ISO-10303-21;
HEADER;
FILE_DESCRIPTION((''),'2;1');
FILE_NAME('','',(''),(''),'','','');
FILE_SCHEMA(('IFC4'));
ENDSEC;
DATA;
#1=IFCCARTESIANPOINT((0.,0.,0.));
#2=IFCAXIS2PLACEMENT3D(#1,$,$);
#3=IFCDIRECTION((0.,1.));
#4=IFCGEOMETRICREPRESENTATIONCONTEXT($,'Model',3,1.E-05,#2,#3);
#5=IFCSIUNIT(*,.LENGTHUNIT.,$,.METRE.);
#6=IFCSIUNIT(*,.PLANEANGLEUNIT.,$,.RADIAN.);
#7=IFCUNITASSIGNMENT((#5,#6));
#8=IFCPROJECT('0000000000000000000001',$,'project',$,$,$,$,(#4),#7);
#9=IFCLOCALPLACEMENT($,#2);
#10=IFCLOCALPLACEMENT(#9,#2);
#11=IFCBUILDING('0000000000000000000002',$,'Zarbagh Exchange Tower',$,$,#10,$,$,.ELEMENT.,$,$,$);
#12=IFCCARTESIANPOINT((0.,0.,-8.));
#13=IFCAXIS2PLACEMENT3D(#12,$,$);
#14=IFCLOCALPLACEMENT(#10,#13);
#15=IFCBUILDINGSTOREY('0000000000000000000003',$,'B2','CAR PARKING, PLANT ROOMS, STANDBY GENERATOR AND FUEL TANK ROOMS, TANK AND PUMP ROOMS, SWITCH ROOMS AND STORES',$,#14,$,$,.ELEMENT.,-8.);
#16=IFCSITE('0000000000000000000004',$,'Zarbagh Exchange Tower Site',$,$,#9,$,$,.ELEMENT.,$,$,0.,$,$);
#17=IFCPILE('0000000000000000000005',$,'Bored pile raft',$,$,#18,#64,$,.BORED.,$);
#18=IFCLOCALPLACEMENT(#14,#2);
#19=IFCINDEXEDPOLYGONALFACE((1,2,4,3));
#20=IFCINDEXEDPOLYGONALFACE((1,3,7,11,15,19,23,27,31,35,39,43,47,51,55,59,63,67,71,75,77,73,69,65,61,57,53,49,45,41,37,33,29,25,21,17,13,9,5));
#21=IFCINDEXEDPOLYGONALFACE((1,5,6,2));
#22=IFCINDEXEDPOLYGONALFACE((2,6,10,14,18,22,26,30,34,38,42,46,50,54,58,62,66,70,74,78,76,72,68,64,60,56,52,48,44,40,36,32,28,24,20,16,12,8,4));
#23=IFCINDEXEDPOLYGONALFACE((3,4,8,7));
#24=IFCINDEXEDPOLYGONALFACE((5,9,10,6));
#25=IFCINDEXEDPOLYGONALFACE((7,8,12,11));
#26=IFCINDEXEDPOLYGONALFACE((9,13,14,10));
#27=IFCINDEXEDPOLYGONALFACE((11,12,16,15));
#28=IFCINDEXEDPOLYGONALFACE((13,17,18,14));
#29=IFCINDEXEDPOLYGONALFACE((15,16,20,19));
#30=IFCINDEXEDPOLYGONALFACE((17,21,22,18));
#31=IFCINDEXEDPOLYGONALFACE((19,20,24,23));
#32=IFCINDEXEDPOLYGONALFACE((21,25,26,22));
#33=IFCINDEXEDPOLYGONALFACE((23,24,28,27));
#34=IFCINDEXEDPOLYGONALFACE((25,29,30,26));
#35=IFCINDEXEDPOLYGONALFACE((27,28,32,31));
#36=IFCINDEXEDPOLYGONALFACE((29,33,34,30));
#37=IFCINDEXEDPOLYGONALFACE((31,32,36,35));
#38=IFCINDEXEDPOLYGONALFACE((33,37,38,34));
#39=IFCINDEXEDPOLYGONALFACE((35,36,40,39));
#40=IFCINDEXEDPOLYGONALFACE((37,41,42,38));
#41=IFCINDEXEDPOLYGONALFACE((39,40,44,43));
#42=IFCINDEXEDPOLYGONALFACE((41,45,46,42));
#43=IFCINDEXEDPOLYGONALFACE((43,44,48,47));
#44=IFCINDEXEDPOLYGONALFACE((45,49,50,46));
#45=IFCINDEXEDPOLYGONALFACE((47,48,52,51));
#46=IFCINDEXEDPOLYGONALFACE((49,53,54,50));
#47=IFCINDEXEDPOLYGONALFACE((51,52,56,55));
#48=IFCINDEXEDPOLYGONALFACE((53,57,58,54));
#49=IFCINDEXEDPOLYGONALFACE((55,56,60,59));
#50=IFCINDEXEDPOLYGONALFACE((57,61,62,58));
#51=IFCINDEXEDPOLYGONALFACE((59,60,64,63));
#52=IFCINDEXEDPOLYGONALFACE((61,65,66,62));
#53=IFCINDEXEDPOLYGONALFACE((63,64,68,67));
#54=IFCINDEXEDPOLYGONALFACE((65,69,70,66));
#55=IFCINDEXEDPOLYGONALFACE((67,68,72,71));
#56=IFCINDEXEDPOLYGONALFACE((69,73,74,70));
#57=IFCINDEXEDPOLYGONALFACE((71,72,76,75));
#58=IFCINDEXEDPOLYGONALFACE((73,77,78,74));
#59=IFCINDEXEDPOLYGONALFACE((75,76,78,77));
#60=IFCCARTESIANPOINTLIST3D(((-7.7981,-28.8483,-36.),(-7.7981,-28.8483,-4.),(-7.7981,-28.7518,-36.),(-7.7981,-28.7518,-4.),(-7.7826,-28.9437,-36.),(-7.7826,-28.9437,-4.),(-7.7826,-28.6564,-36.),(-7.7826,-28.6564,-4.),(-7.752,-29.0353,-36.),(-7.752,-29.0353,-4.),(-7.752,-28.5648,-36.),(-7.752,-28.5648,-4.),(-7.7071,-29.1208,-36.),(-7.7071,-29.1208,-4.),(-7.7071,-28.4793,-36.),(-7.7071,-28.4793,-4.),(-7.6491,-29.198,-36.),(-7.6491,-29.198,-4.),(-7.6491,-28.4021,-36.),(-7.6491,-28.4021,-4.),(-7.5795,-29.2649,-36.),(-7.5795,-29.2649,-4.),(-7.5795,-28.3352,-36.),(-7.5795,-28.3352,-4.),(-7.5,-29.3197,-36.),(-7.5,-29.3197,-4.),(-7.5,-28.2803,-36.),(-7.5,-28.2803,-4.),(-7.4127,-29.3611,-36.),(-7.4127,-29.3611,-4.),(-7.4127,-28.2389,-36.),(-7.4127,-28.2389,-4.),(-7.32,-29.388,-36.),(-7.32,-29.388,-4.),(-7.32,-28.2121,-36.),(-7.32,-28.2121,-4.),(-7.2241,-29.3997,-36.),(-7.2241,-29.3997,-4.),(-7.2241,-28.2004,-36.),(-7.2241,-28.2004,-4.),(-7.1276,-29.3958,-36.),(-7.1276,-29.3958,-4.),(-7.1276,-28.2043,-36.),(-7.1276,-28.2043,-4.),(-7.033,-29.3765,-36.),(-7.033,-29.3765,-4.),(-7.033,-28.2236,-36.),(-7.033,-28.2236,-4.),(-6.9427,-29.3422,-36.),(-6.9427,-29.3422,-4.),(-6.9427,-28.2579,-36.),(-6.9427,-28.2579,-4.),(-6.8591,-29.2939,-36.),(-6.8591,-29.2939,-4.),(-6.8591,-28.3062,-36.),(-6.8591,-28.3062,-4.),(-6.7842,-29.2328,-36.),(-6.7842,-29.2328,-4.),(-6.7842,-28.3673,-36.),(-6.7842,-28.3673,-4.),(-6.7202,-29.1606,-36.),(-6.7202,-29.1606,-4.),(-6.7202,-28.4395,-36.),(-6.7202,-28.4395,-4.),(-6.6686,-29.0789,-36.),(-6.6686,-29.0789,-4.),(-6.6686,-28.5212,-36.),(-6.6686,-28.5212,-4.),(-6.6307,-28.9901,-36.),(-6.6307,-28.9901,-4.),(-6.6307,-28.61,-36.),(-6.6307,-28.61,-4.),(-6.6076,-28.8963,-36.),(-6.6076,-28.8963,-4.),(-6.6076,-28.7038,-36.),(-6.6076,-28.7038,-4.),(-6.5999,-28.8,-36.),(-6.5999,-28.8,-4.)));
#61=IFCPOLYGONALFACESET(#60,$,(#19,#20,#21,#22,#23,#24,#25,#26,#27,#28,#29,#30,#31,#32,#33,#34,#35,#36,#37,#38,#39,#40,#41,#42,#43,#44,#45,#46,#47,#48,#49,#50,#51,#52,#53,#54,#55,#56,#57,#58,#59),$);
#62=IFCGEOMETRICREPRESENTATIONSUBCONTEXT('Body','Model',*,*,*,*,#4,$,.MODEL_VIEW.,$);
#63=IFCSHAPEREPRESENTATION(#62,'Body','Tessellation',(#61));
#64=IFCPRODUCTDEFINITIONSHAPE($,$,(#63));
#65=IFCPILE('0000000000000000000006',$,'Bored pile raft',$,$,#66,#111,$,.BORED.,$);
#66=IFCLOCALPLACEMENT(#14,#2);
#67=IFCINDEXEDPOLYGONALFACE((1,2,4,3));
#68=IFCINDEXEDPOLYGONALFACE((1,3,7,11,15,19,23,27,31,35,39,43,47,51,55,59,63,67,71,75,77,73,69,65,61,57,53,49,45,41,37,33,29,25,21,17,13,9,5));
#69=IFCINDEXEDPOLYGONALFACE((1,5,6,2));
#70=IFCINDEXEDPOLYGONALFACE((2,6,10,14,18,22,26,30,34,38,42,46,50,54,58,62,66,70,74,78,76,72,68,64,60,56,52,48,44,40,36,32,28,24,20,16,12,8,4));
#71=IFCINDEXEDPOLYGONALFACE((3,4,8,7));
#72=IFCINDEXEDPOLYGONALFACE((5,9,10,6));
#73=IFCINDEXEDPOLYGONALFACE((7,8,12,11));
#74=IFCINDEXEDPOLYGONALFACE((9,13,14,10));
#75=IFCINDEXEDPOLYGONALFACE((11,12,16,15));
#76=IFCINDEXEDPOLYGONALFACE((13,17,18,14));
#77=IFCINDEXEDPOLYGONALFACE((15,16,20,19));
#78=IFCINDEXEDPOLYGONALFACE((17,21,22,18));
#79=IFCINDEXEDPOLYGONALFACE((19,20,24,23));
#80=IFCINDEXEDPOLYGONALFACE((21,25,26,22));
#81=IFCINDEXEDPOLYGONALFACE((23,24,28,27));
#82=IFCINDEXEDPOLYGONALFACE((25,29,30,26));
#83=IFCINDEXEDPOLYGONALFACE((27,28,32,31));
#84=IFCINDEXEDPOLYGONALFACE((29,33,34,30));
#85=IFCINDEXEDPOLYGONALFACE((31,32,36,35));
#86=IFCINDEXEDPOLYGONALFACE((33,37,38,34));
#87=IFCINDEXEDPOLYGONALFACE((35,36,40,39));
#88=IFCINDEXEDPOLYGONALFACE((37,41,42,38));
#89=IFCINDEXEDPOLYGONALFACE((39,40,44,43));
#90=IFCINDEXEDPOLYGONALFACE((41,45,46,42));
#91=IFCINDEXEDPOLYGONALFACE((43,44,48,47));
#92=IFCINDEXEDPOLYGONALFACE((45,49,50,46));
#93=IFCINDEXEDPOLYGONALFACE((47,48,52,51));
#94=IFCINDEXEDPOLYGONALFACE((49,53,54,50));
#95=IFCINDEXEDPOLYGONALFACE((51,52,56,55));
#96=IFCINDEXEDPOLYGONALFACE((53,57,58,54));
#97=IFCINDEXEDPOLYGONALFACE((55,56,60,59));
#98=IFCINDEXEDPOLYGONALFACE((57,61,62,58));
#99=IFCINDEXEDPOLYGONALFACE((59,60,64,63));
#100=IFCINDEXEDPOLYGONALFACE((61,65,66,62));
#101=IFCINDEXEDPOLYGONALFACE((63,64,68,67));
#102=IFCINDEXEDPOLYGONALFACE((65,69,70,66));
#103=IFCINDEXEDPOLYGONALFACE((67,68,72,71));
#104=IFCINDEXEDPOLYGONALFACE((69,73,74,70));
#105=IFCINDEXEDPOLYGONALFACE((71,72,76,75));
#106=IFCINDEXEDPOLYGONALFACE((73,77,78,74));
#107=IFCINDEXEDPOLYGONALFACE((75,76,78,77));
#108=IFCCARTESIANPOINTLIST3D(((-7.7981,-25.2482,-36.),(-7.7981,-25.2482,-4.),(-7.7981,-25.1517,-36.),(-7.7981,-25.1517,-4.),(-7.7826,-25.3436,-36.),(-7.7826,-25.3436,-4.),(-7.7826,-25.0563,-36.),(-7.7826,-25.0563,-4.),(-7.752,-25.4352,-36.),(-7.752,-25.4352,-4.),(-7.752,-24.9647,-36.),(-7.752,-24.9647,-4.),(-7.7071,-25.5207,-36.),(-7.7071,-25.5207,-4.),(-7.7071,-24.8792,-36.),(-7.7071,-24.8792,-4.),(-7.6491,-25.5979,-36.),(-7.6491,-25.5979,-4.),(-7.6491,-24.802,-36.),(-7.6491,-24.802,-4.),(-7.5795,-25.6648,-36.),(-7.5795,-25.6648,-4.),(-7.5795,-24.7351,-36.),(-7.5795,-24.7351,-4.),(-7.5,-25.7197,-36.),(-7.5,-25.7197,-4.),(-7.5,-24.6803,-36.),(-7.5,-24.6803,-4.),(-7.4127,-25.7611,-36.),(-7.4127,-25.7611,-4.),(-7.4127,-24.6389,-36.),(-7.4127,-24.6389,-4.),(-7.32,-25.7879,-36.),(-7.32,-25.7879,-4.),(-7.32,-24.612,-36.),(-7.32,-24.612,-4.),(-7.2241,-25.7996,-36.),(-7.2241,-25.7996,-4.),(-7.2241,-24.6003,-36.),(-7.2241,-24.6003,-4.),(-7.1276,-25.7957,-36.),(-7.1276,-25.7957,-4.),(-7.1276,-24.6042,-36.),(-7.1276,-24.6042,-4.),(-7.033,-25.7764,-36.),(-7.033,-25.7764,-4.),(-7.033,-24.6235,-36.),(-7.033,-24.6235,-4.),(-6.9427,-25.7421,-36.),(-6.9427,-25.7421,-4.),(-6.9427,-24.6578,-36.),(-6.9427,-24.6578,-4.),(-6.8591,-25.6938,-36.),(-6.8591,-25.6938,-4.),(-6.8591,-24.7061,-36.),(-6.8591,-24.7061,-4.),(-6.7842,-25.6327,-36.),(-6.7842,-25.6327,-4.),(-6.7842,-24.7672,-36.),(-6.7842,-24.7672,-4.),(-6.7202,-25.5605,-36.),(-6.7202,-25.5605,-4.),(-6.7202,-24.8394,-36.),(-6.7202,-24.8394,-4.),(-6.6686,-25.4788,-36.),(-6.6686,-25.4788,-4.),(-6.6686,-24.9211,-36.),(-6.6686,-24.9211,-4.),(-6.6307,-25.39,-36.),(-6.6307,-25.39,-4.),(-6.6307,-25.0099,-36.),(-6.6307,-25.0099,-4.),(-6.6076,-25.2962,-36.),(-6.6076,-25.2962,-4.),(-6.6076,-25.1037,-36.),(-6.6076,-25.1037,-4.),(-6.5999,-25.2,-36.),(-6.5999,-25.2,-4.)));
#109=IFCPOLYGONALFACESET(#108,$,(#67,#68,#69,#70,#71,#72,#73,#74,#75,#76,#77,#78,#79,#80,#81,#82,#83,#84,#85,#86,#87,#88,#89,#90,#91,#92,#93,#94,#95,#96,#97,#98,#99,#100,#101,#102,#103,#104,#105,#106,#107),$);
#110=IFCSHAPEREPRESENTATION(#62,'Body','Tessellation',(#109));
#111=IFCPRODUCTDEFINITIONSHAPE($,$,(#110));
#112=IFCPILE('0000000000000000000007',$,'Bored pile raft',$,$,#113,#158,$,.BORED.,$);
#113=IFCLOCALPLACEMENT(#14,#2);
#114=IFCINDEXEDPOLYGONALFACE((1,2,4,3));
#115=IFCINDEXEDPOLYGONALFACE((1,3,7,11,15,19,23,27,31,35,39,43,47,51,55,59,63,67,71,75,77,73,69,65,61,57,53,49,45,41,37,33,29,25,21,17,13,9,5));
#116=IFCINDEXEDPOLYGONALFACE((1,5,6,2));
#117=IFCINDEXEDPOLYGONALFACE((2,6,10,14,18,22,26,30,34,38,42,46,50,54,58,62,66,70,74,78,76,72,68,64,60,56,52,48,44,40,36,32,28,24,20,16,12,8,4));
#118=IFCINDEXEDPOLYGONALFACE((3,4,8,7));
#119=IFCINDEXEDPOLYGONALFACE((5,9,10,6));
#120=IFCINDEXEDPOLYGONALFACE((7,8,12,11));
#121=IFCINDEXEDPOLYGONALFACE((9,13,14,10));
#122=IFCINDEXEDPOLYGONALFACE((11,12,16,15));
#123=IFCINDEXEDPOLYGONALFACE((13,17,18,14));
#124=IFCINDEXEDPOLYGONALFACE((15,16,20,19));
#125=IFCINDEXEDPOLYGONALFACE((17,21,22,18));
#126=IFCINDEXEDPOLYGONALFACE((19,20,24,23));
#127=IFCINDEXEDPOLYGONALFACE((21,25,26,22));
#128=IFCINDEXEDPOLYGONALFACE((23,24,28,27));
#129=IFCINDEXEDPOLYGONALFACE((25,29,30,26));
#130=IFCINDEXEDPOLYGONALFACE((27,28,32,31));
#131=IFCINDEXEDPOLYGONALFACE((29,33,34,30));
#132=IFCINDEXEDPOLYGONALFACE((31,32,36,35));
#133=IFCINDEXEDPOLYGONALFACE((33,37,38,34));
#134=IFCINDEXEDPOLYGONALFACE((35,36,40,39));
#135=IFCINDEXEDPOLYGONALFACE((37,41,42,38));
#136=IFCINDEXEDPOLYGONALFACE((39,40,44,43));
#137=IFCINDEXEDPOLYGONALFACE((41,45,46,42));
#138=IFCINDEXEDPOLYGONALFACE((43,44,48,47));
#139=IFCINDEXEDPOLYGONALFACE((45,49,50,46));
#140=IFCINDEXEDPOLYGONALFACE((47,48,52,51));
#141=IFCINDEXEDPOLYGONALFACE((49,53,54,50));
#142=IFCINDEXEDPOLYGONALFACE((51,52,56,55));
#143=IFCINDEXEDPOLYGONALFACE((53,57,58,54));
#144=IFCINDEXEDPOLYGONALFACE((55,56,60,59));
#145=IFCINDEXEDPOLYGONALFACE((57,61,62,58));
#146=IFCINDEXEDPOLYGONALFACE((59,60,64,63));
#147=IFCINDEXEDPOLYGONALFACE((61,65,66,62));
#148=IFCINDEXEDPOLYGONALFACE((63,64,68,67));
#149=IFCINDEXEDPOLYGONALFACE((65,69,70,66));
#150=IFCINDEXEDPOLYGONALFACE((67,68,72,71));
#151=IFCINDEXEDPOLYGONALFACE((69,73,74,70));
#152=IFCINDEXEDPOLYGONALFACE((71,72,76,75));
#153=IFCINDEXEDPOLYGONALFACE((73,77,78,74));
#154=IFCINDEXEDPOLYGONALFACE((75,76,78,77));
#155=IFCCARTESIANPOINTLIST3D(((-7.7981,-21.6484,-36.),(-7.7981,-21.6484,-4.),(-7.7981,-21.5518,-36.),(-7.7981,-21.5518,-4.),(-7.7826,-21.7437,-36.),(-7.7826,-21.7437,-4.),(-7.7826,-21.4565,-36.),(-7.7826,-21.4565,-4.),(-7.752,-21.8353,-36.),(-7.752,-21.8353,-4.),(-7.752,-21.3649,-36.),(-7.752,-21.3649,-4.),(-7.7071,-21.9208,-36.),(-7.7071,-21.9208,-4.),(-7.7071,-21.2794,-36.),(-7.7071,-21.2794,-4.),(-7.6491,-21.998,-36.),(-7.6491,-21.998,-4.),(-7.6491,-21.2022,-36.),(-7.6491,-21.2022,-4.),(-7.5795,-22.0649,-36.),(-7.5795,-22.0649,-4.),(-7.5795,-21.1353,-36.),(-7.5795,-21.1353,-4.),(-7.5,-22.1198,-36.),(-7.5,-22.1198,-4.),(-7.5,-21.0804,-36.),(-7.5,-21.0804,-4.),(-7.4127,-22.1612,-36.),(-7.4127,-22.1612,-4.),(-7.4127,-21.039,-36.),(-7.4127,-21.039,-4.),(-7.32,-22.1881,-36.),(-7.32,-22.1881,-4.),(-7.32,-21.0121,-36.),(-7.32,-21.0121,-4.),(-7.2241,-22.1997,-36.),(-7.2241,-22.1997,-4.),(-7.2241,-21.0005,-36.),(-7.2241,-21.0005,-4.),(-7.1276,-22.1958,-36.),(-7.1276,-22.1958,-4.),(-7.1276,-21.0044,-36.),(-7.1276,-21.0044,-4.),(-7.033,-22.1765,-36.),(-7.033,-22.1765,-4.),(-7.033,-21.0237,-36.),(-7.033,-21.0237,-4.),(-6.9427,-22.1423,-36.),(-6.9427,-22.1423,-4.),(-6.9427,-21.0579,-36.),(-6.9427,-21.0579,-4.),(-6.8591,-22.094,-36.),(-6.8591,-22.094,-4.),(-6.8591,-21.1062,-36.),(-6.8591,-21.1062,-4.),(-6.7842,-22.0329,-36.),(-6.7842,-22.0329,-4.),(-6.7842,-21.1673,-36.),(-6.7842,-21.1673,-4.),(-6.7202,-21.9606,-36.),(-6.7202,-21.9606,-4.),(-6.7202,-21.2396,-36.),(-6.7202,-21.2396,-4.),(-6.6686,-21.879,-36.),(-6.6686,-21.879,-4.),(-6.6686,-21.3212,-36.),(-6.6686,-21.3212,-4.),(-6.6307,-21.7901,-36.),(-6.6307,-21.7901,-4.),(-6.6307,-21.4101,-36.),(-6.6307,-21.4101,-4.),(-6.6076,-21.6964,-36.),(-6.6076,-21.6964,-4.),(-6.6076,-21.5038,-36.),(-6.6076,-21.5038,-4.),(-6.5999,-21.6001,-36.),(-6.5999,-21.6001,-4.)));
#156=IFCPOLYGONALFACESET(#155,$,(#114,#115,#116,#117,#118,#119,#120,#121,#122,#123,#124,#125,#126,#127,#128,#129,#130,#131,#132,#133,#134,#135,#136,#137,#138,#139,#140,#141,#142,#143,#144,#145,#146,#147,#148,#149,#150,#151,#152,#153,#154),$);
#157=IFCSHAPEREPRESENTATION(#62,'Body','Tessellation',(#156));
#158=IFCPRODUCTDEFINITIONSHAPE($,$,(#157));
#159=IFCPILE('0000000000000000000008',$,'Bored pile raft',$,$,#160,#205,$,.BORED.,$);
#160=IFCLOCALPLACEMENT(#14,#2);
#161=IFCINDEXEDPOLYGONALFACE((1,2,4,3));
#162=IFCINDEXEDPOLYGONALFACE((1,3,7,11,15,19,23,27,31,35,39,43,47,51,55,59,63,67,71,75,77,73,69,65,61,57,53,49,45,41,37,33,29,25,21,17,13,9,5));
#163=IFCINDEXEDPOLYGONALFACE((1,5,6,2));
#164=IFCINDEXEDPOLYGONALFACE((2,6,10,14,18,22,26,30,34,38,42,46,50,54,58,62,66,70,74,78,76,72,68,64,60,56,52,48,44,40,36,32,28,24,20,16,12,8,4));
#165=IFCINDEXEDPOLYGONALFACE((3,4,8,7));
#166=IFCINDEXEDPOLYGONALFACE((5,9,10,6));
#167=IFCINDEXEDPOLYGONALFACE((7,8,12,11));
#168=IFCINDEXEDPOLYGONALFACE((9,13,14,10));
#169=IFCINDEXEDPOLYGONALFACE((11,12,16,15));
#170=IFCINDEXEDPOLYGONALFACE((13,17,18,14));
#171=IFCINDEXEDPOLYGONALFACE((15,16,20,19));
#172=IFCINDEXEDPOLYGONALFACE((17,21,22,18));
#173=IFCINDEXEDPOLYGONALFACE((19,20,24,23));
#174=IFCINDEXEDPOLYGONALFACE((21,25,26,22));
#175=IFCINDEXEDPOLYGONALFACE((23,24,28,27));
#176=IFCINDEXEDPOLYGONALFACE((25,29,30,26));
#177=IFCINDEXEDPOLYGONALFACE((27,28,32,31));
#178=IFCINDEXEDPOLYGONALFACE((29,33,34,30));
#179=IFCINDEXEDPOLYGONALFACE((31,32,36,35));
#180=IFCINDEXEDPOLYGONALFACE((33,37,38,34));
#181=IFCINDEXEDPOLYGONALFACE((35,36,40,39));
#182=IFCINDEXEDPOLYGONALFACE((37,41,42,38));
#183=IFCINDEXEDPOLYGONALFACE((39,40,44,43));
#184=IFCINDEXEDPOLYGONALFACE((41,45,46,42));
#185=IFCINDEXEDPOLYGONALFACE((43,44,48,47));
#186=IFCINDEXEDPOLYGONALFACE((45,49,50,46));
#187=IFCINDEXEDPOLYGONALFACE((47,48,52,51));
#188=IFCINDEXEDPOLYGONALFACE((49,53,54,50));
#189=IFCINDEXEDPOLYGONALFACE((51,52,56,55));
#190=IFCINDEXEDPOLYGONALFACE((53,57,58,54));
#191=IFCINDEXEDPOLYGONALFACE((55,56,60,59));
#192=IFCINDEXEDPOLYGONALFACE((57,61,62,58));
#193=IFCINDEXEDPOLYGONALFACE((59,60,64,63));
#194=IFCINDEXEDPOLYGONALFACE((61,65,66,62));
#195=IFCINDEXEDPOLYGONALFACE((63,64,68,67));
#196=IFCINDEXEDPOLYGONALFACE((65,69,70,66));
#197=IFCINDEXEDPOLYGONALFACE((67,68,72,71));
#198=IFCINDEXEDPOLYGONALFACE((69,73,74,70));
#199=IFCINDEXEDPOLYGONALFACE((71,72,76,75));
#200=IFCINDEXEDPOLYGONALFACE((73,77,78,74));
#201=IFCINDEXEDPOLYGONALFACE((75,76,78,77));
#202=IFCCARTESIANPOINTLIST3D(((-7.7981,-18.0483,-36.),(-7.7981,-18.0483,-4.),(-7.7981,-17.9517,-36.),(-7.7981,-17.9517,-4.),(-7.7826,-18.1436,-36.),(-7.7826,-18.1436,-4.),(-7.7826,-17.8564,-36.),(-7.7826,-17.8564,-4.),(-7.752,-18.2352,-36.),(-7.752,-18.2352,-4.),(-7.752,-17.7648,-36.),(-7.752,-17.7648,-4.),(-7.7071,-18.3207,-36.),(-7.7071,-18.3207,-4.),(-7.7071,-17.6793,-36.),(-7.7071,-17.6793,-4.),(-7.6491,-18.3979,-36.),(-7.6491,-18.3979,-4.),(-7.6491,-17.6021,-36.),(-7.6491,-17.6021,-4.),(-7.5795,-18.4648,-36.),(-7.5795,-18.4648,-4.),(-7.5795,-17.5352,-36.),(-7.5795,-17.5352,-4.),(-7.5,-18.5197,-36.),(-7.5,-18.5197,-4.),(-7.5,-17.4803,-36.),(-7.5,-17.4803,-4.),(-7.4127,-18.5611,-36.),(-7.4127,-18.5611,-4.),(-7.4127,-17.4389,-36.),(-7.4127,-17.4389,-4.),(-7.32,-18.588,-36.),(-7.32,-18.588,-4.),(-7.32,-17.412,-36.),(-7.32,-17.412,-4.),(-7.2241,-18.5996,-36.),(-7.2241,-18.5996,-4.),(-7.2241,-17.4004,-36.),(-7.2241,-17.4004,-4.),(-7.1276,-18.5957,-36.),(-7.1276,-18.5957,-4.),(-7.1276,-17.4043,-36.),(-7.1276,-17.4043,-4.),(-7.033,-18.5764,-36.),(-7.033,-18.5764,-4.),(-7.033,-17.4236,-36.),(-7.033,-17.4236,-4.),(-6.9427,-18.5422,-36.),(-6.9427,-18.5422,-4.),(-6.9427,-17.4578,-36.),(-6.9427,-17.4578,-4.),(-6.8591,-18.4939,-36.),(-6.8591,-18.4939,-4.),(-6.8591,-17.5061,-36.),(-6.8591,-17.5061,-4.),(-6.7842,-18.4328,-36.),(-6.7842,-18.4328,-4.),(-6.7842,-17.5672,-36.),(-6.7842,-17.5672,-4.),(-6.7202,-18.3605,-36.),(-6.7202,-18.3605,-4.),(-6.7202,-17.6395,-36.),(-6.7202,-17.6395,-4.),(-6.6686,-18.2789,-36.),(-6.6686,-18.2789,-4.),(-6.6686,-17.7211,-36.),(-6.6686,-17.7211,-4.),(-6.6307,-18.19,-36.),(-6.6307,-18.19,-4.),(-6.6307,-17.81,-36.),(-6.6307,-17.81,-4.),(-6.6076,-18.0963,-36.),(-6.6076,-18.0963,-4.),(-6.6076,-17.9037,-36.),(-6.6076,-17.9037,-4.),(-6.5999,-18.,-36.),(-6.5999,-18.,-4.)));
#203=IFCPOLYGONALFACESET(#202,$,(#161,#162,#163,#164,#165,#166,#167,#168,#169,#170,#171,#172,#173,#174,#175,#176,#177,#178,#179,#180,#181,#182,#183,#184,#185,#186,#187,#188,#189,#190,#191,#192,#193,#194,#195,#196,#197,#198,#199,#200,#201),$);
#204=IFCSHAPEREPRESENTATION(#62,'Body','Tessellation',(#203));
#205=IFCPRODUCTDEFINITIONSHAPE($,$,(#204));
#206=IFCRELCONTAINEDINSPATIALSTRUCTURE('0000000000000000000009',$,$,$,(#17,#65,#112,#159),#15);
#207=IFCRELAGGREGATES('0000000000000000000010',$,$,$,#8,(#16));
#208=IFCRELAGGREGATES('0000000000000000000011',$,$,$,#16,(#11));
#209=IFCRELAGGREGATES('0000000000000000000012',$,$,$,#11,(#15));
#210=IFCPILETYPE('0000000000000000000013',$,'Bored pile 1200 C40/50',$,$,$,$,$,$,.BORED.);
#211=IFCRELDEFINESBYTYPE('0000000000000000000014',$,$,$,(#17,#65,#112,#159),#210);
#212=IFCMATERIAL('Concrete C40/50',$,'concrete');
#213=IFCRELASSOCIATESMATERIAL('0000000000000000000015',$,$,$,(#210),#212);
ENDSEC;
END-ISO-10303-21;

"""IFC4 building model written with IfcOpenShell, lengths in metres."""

from ifc_helpers import new_model, si_unit, direction, frame, origin, origin_2d, place, context, subcontext, project, spatial, circle, extrude, material, material_profile, profile_set, type_object, element, save


model = new_model("IFC4")

# Units and contexts
model_context = context("Model", 3, precision=1e-05, world=origin(), true_north=direction((0.0, 1.0)))
body_context = subcontext(model_context, "Body", "Model", "MODEL_VIEW")
ifc_project = project(units=[si_unit("LENGTHUNIT", "METRE"), si_unit("PLANEANGLEUNIT", "RADIAN")], contexts=[model_context])

# Site, building, storey
site_placement = place(None, origin())
site = spatial("IfcSite", under=ifc_project, at=site_placement, Name="Zarbagh Exchange Tower Site", CompositionType="ELEMENT", RefElevation=0.0)
building_placement = place(site_placement, origin())
building = spatial("IfcBuilding", under=site, at=building_placement, Name="Zarbagh Exchange Tower", CompositionType="ELEMENT")
storey_placement = place(building_placement, frame((0.0, 0.0, -8.0)))
storey = spatial("IfcBuildingStorey", under=building, at=storey_placement, Name="B2", Description="CAR PARKING, PLANT ROOMS, STANDBY GENERATOR AND FUEL TANK ROOMS, TANK AND PUMP ROOMS, SWITCH ROOMS AND STORES", CompositionType="ELEMENT", Elevation=-8.0)

# Piles
ifc_material_1 = material(Name="Concrete C40/50", Category="concrete")
ifc_material_profile_1 = material_profile(ifc_material_1, circle(Radius=0.6001, at=origin_2d()), Name="Bored pile 1200 C40/50")
ifc_profile_set_1 = profile_set([ifc_material_profile_1], Name="Concrete C40/50")
pile_type = type_object("IfcPileType", Name="Bored pile 1200 C40/50", PredefinedType="BORED", material=ifc_profile_set_1)
for number, where, z_axis, x_axis, name in (
    (1, (-7.2, -28.8, -4.0), (0.0, 0.0, -1.0), (1.0, 0.0, 0.0), "Bored pile raft"),
    (2, (-7.2, -25.2, -4.0), (0.0, 0.0, -1.0), (1.0, 0.0, 0.0), "Bored pile raft"),
    (3, (-7.2, -21.6001, -4.0), (0.0, 0.0, -1.0), (1.0, 0.0, 0.0), "Bored pile raft"),
    (4, (-7.2, -18.0, -4.0), (0.0, 0.0, -1.0), (1.0, 0.0, 0.0), "Bored pile raft"),
):
    element("IfcPile", number, at=place(storey_placement, frame(where, z_axis=z_axis, x_axis=x_axis)), inside=storey, type_object=pile_type, Name=name, PredefinedType="BORED", context=body_context, shape_type="SweptSolid", body=[
        extrude(circle(Radius=0.6001, at=origin_2d()), origin(), (0.0, 0.0, 1.0), 32.0),
    ])

save(model, "model.ifc")
